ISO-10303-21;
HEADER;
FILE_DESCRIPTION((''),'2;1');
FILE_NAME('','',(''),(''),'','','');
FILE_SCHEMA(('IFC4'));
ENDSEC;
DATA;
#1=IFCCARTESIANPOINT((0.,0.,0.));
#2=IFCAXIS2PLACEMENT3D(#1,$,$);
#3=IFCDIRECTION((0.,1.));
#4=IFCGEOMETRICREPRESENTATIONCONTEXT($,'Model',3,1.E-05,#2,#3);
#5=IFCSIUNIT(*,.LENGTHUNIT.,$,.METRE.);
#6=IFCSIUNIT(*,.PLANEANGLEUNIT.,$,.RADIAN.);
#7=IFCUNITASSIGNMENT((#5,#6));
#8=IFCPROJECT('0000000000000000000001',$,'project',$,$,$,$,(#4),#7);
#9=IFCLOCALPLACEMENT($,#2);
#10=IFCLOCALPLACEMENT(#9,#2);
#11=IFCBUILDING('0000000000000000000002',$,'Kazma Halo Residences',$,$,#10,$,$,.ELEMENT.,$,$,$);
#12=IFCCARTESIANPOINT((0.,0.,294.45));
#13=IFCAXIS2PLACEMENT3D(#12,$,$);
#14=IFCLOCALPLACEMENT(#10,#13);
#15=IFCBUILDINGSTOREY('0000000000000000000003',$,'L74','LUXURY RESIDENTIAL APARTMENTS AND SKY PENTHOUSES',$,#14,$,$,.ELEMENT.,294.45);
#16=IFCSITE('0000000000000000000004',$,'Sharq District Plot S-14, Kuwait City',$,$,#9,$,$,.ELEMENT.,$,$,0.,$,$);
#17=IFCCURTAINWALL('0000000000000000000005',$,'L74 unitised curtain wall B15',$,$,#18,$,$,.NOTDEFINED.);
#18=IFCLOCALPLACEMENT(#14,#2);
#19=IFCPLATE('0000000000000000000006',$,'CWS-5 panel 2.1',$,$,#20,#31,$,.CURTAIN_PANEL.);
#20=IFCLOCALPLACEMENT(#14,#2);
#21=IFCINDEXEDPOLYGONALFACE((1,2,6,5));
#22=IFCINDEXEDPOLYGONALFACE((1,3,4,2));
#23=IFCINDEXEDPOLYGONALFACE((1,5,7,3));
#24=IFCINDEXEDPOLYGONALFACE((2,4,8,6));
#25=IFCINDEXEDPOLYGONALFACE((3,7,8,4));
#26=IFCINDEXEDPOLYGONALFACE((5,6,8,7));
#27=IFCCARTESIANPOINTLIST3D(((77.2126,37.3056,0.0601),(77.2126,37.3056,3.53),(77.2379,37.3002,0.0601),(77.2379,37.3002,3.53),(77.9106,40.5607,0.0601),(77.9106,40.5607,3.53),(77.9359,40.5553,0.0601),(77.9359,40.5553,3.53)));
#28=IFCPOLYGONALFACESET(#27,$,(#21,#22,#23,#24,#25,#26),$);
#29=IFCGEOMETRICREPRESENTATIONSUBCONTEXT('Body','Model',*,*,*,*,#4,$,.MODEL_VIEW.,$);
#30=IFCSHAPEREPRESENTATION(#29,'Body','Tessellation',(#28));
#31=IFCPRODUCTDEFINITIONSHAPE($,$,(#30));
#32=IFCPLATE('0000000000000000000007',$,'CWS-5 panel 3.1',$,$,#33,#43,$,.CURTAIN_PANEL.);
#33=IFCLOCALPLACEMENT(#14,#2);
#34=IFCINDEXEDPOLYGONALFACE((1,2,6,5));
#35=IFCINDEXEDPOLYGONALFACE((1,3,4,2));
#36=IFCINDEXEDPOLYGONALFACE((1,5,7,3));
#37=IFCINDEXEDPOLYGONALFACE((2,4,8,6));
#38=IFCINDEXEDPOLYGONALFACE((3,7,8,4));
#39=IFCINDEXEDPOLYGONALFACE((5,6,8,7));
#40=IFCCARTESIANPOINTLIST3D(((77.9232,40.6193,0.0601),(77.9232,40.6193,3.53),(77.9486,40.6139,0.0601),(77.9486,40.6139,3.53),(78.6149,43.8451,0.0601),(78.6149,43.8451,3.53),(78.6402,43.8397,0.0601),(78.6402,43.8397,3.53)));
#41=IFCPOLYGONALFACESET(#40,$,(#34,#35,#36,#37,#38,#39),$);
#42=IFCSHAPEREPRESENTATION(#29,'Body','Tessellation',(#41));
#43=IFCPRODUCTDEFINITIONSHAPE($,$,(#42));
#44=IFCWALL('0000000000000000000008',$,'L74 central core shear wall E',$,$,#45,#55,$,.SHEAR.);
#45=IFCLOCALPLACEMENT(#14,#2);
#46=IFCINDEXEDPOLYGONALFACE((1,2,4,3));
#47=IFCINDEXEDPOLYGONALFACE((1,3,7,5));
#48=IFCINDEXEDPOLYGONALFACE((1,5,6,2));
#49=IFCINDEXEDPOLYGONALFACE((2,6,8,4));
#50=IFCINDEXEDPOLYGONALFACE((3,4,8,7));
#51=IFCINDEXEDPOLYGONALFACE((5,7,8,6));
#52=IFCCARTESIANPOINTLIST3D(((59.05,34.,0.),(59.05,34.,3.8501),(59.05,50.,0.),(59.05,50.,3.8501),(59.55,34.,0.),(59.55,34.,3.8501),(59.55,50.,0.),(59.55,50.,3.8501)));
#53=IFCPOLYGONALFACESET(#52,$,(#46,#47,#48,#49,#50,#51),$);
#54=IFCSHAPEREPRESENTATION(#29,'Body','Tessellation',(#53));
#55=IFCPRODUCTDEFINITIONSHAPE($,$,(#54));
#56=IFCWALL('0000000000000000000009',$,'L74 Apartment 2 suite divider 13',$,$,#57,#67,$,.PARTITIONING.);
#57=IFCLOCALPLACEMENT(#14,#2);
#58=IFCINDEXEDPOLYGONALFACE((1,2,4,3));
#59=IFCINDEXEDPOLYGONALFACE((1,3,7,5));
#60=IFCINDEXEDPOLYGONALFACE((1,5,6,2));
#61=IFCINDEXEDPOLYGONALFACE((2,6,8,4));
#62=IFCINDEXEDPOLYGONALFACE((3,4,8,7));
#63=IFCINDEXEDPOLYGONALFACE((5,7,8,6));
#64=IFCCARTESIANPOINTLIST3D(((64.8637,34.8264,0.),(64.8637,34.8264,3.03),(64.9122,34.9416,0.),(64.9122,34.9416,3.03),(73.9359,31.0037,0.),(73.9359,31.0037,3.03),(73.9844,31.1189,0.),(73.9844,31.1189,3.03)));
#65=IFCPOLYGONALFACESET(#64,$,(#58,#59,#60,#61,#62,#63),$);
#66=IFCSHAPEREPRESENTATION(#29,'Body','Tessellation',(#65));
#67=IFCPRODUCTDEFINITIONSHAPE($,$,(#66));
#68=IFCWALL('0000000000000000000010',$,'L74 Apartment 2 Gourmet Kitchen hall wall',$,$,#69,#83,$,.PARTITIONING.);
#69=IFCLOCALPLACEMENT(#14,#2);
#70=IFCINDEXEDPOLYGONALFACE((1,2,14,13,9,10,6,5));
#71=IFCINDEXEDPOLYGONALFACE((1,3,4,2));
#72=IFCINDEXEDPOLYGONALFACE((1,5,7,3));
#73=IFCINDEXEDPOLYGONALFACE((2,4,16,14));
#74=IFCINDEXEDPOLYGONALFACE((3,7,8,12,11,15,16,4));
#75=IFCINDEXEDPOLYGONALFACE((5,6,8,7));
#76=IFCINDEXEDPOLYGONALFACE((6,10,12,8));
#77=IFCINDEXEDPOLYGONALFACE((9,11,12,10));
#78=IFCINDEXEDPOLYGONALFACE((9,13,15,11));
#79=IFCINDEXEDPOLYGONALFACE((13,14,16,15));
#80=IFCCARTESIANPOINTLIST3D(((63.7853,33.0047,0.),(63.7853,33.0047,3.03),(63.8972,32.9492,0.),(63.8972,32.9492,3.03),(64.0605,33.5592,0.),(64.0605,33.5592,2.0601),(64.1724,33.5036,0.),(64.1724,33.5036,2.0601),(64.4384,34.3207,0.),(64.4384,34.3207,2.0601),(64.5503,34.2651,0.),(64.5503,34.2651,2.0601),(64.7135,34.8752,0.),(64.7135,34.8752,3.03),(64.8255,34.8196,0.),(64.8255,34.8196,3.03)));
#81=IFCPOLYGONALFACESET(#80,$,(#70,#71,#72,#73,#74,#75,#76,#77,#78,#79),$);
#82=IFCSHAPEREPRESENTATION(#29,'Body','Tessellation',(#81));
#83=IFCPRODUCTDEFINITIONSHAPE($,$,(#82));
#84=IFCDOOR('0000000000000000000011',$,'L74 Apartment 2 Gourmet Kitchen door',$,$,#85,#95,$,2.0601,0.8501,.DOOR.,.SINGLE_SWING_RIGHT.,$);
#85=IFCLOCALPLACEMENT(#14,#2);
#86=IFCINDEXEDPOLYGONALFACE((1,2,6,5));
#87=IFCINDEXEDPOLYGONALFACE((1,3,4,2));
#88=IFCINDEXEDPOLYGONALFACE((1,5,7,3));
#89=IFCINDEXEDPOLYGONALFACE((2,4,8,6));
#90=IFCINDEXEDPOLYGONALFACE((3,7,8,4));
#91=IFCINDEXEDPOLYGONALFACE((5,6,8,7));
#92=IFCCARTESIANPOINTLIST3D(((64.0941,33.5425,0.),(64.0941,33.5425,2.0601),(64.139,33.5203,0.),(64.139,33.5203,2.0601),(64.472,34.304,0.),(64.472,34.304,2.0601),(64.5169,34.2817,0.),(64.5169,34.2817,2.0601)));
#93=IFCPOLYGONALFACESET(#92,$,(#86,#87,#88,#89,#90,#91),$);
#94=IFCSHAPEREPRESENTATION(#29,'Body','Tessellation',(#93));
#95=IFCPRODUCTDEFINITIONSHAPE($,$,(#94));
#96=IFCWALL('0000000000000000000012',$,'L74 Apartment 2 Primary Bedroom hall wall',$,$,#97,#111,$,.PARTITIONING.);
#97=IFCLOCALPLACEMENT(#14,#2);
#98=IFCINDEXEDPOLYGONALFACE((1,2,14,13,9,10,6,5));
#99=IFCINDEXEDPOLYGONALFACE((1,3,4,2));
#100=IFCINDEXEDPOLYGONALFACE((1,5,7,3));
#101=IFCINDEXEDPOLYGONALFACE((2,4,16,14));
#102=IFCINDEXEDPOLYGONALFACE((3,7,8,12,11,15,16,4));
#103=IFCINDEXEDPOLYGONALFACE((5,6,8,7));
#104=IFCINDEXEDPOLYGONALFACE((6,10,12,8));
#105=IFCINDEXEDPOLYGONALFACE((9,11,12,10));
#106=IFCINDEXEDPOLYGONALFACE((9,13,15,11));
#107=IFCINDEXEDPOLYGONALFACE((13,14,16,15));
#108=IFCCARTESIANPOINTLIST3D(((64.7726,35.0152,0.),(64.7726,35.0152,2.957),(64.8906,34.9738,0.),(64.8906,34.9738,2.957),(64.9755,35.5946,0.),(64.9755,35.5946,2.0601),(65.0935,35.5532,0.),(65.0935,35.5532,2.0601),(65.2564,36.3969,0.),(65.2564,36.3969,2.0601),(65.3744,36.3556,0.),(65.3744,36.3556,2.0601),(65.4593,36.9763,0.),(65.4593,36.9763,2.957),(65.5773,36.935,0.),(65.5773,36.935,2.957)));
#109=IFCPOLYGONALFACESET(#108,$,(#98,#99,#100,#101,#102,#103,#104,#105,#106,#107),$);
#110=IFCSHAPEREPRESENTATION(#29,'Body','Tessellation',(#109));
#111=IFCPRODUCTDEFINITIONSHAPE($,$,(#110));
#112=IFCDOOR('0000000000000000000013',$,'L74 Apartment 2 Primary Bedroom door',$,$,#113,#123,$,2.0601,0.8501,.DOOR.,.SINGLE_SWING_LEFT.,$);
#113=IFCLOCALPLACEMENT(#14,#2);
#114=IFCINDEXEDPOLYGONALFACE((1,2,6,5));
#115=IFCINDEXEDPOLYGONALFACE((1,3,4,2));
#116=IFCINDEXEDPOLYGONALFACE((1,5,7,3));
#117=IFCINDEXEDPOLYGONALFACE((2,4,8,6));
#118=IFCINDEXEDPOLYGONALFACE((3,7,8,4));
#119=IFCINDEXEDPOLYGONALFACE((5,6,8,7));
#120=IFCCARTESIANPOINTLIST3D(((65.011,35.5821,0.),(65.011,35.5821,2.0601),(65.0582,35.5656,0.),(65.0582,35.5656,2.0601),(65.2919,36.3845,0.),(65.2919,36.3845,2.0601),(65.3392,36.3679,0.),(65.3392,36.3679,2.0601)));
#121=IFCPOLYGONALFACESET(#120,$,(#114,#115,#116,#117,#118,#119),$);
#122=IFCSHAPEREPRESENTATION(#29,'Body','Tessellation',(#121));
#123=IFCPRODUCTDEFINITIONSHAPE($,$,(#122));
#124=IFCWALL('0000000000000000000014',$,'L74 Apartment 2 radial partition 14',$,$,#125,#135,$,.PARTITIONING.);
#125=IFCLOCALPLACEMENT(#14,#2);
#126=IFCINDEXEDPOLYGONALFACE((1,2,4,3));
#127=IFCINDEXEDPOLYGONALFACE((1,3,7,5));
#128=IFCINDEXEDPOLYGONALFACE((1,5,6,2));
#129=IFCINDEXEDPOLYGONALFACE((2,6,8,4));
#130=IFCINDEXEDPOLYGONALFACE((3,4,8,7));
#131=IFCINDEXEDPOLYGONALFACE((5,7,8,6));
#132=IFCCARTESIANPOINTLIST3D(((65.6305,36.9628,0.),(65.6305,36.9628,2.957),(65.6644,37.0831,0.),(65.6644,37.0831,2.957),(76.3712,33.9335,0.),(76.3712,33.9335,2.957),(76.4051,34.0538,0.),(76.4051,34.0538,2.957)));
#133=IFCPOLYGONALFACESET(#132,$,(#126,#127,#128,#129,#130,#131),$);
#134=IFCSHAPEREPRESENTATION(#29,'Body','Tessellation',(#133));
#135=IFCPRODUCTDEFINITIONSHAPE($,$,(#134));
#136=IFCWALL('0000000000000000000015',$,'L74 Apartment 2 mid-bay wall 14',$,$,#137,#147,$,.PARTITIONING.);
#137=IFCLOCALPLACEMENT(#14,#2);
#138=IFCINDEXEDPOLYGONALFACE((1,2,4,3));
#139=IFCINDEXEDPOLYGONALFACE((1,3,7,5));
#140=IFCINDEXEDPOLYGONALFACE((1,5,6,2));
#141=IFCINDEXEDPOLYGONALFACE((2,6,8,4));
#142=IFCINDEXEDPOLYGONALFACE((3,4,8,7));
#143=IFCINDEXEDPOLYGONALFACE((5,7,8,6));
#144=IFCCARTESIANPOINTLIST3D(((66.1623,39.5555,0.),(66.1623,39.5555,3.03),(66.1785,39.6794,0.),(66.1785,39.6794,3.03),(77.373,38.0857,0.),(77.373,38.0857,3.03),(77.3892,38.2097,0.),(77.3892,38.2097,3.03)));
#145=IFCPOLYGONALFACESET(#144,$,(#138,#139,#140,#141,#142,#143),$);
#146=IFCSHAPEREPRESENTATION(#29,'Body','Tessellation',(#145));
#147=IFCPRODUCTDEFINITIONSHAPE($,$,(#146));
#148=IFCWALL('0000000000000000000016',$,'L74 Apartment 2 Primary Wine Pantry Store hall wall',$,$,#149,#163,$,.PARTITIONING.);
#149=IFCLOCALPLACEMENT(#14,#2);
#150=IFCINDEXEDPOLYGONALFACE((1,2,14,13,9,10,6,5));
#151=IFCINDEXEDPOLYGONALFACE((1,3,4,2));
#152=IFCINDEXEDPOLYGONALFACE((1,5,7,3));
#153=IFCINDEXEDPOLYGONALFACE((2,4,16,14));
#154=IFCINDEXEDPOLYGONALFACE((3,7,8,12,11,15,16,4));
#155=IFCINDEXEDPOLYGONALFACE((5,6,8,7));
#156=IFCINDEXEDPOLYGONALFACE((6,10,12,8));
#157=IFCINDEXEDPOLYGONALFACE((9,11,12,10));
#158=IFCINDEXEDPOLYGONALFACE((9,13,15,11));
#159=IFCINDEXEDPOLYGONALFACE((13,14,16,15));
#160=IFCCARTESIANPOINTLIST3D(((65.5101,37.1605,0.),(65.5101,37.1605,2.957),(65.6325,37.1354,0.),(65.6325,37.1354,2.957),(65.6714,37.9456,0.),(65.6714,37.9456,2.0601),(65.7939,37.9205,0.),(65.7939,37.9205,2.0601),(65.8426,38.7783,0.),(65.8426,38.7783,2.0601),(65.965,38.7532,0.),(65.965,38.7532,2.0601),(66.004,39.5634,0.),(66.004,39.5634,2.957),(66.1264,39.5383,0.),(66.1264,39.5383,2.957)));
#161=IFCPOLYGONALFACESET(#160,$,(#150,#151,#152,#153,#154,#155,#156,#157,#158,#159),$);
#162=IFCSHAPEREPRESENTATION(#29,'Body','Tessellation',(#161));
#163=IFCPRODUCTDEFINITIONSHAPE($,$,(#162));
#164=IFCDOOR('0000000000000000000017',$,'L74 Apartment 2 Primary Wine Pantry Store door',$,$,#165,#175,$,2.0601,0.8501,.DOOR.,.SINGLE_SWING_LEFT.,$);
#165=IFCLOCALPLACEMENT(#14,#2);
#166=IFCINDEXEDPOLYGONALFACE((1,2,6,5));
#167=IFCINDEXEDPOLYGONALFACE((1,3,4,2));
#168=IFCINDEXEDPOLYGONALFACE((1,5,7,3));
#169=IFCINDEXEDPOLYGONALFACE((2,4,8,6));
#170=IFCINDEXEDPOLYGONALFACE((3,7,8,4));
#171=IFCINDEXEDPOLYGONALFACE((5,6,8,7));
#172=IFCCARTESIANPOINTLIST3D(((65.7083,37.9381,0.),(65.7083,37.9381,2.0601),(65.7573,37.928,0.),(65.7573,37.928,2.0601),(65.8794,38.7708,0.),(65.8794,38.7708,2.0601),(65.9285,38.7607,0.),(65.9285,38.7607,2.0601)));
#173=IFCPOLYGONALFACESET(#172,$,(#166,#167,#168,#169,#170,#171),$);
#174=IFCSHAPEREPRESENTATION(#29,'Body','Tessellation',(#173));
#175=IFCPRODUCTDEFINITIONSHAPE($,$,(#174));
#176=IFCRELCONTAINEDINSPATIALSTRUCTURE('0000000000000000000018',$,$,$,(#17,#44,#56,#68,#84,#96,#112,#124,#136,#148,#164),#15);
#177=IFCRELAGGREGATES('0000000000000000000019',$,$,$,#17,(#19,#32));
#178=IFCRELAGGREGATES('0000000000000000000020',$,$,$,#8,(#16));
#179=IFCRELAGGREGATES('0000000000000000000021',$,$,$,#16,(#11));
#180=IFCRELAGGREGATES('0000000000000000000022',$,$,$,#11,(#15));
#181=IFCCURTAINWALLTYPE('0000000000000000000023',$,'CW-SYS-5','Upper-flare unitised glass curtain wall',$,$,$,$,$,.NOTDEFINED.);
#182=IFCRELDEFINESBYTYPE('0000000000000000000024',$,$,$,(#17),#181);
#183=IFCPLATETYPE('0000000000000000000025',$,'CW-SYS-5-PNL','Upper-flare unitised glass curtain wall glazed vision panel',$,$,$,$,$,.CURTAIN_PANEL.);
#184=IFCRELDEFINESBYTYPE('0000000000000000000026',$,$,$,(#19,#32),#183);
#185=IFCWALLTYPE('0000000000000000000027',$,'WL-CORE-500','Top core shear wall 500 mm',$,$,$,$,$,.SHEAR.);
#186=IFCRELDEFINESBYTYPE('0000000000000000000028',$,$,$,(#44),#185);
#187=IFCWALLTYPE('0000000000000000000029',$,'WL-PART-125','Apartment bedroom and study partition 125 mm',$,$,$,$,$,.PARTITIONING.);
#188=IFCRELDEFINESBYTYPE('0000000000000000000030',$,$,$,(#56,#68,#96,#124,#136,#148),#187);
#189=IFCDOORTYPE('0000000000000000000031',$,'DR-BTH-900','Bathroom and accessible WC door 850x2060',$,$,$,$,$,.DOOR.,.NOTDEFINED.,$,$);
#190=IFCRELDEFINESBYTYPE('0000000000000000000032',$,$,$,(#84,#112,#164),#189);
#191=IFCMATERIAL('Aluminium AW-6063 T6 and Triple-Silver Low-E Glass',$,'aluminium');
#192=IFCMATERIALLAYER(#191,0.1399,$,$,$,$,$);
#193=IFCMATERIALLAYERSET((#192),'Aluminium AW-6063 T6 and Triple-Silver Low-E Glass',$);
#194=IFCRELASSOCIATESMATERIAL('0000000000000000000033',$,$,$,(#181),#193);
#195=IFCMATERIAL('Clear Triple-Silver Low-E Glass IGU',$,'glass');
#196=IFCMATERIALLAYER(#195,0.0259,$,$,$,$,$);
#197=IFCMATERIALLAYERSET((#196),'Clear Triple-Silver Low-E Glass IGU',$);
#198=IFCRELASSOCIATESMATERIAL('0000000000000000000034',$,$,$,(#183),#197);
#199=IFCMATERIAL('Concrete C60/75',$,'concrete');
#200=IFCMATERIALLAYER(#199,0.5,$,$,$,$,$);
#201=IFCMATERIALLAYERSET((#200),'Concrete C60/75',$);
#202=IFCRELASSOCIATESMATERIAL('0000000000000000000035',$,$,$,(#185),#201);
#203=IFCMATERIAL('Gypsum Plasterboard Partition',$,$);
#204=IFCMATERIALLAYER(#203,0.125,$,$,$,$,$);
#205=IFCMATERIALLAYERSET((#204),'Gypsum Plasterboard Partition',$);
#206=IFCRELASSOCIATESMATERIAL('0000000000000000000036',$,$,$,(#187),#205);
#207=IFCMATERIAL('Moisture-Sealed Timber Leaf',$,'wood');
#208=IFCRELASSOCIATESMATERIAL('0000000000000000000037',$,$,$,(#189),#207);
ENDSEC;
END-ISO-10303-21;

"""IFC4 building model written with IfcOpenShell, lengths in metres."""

from ifc_helpers import new_model, si_unit, direction, frame, frame_2d, origin, origin_2d, place, context, subcontext, project, spatial, rectangle, extrude, material, layer, layer_set, type_object, element, fill, aggregate, save


model = new_model("IFC4")

# Units and contexts
model_context = context("Model", 3, precision=1e-05, world=origin(), true_north=direction((0.0, 1.0)))
body_context = subcontext(model_context, "Body", "Model", "MODEL_VIEW")
ifc_project = project(units=[si_unit("LENGTHUNIT", "METRE"), si_unit("PLANEANGLEUNIT", "RADIAN")], contexts=[model_context])

# Site, building, storey
site_placement = place(None, origin())
site = spatial("IfcSite", under=ifc_project, at=site_placement, Name="Sharq District Plot S-14, Kuwait City", CompositionType="ELEMENT", RefElevation=0.0)
building_placement = place(site_placement, origin())
building = spatial("IfcBuilding", under=site, at=building_placement, Name="Kazma Halo Residences", CompositionType="ELEMENT")
storey_placement = place(building_placement, frame((0.0, 0.0, 294.45)))
storey = spatial("IfcBuildingStorey", under=building, at=storey_placement, Name="L74", Description="LUXURY RESIDENTIAL APARTMENTS AND SKY PENTHOUSES", CompositionType="ELEMENT", Elevation=294.45)

# Shared definitions
ifc_material_1 = material(Name="Concrete C60/75", Category="concrete")

# Curtain wall, plates
ifc_material_2 = material(Name="Aluminium AW-6063 T6 and Triple-Silver Low-E Glass", Category="aluminium")
ifc_layer_1 = layer(ifc_material_2, 0.1399)
ifc_layer_set_1 = layer_set([ifc_layer_1], Name="Aluminium AW-6063 T6 and Triple-Silver Low-E Glass")
curtain_wall_type = type_object("IfcCurtainWallType", Name="CW-SYS-5", Description="Upper-flare unitised glass curtain wall", PredefinedType="NOTDEFINED", material=ifc_layer_set_1)
curtain_wall_placement = place(storey_placement, origin())
curtain_wall = element("IfcCurtainWall", 1, at=curtain_wall_placement, inside=storey, type_object=curtain_wall_type, Name="L74 unitised curtain wall B15", PredefinedType="NOTDEFINED")
ifc_material_3 = material(Name="Clear Triple-Silver Low-E Glass IGU", Category="glass")
ifc_layer_2 = layer(ifc_material_3, 0.0259)
ifc_layer_set_2 = layer_set([ifc_layer_2], Name="Clear Triple-Silver Low-E Glass IGU")
plate_type = type_object("IfcPlateType", Name="CW-SYS-5-PNL", Description="Upper-flare unitised glass curtain wall glazed vision panel", PredefinedType="CURTAIN_PANEL", material=ifc_layer_set_2)
plate_1_placement = place(storey_placement, frame((77.5742, 38.9304, 0.0601), z_axis=(0.0, 0.0, 1.0), x_axis=(0.209657, 0.977775, 0.0)))
plate_1 = element("IfcPlate", 2, at=plate_1_placement, type_object=plate_type, Name="CWS-5 panel 2.1", PredefinedType="CURTAIN_PANEL", context=body_context, shape_type="SweptSolid", body=[
    extrude(rectangle(XDim=3.3291, YDim=0.0259, at=origin_2d()), origin(), (0.0, 0.0, 1.0), 3.47),
])
plate_2_placement = place(storey_placement, frame((78.2817, 42.2295, 0.0601), z_axis=(0.0, 0.0, 1.0), x_axis=(0.209657, 0.977775, 0.0)))
plate_2 = element("IfcPlate", 3, at=plate_2_placement, type_object=plate_type, Name="CWS-5 panel 3.1", PredefinedType="CURTAIN_PANEL", context=body_context, shape_type="SweptSolid", body=[
    extrude(rectangle(XDim=3.2991, YDim=0.0259, at=origin_2d()), origin(), (0.0, 0.0, 1.0), 3.47),
])
aggregate(curtain_wall, [plate_1, plate_2])

# Walls
ifc_layer_3 = layer(ifc_material_1, 0.5)
ifc_layer_set_3 = layer_set([ifc_layer_3], Name="Concrete C60/75")
wall_type_1 = type_object("IfcWallType", Name="WL-CORE-500", Description="Top core shear wall 500 mm", PredefinedType="SHEAR", material=ifc_layer_set_3)
wall_1_placement = place(storey_placement, frame((59.3, 34.0, 0.0), z_axis=(0.0, 0.0, 1.0), x_axis=(0.0, 1.0, 0.0)))
element("IfcWall", 4, at=wall_1_placement, inside=storey, type_object=wall_type_1, Name="L74 central core shear wall E", PredefinedType="SHEAR", context=body_context, shape_type="SweptSolid", body=[
    extrude(rectangle(XDim=16.0, YDim=0.5, at=frame_2d((8.0, 0.0))), origin(), (0.0, 0.0, 1.0), 3.8501),
])
ifc_material_4 = material(Name="Gypsum Plasterboard Partition")
ifc_layer_4 = layer(ifc_material_4, 0.125)
ifc_layer_set_4 = layer_set([ifc_layer_4], Name="Gypsum Plasterboard Partition")
wall_type_2 = type_object("IfcWallType", Name="WL-PART-125", Description="Apartment bedroom and study partition 125 mm", PredefinedType="PARTITIONING", material=ifc_layer_set_4)
wall_2_placement = place(storey_placement, frame((64.8879, 34.884, 0.0), z_axis=(0.0, 0.0, 1.0), x_axis=(0.921532, -0.388303, 0.0)))
element("IfcWall", 5, at=wall_2_placement, inside=storey, type_object=wall_type_2, Name="L74 Apartment 2 suite divider 13", PredefinedType="PARTITIONING", context=body_context, shape_type="SweptSolid", body=[
    extrude(rectangle(XDim=9.8447, YDim=0.125, at=frame_2d((4.9224, 0.0))), origin(), (0.0, 0.0, 1.0), 3.03),
])

# Walls, openings, doors
wall_3_placement = place(storey_placement, frame((63.8413, 32.9771, 0.0), z_axis=(0.0, 0.0, 1.0), x_axis=(0.444546, 0.895756, 0.0)))
wall_3 = element("IfcWall", 6, at=wall_3_placement, inside=storey, type_object=wall_type_2, Name="L74 Apartment 2 Gourmet Kitchen hall wall", PredefinedType="PARTITIONING", context=body_context, shape_type="SweptSolid", body=[
    extrude(rectangle(XDim=2.0881, YDim=0.125, at=frame_2d((1.0439, 0.0))), origin(), (0.0, 0.0, 1.0), 3.03),
])
opening_1_placement = place(wall_3_placement, frame((0.6189, 0.0, 0.0)))
opening_1 = element("IfcOpeningElement", 7, at=opening_1_placement, cuts=wall_3, PredefinedType="OPENING", context=body_context, shape_type="SweptSolid", body=[
    extrude(rectangle(XDim=0.8501, YDim=2.0601, at=frame_2d((0.425, 1.03))), frame((0.0, 0.0725, 0.0), z_axis=(0.0, -1.0, 0.0), x_axis=(1.0, 0.0, 0.0)), (0.0, 0.0, 1.0), 0.145),
])
ifc_material_5 = material(Name="Moisture-Sealed Timber Leaf", Category="wood")
door_type_1 = type_object("IfcDoorType", Name="DR-BTH-900", Description="Bathroom and accessible WC door 850x2060", OperationType="NOTDEFINED", PredefinedType="DOOR", material=ifc_material_5)
door_1_placement = place(opening_1_placement, origin())
door_1 = element("IfcDoor", 8, at=door_1_placement, inside=storey, type_object=door_type_1, Name="L74 Apartment 2 Gourmet Kitchen door", OperationType="SINGLE_SWING_RIGHT", OverallHeight=2.0601, OverallWidth=0.8501, PredefinedType="DOOR", context=body_context, shape_type="SweptSolid", body=[
    extrude(rectangle(XDim=0.8501, YDim=2.0601, at=frame_2d((0.425, 1.03))), frame((0.0, 0.0249, 0.0), z_axis=(0.0, -1.0, 0.0), x_axis=(1.0, 0.0, 0.0)), (0.0, 0.0, 1.0), 0.05),
])
fill(opening_1, door_1)
wall_4_placement = place(storey_placement, frame((64.8315, 34.9944, 0.0), z_axis=(0.0, 0.0, 1.0), x_axis=(0.330502, 0.943805, 0.0)))
wall_4 = element("IfcWall", 9, at=wall_4_placement, inside=storey, type_object=wall_type_2, Name="L74 Apartment 2 Primary Bedroom hall wall", PredefinedType="PARTITIONING", context=body_context, shape_type="SweptSolid", body=[
    extrude(rectangle(XDim=2.0779, YDim=0.125, at=frame_2d((1.0391, 0.0))), origin(), (0.0, 0.0, 1.0), 2.957),
])
opening_2_placement = place(wall_4_placement, frame((0.614, 0.0, 0.0)))
opening_2 = element("IfcOpeningElement", 10, at=opening_2_placement, cuts=wall_4, PredefinedType="OPENING", context=body_context, shape_type="SweptSolid", body=[
    extrude(rectangle(XDim=0.8501, YDim=2.0601, at=frame_2d((0.425, 1.03))), frame((0.0, 0.0725, 0.0), z_axis=(0.0, -1.0, 0.0), x_axis=(1.0, 0.0, 0.0)), (0.0, 0.0, 1.0), 0.145),
])
door_2_placement = place(opening_2_placement, origin())
door_2 = element("IfcDoor", 11, at=door_2_placement, inside=storey, type_object=door_type_1, Name="L74 Apartment 2 Primary Bedroom door", OperationType="SINGLE_SWING_LEFT", OverallHeight=2.0601, OverallWidth=0.8501, PredefinedType="DOOR", context=body_context, shape_type="SweptSolid", body=[
    extrude(rectangle(XDim=0.8501, YDim=2.0601, at=frame_2d((0.425, 1.03))), frame((0.0, 0.0249, 0.0), z_axis=(0.0, -1.0, 0.0), x_axis=(1.0, 0.0, 0.0)), (0.0, 0.0, 1.0), 0.05),
])
fill(opening_2, door_2)

# Walls
wall_5_placement = place(storey_placement, frame((65.6475, 37.0229, 0.0), z_axis=(0.0, 0.0, 1.0), x_axis=(0.962453, -0.271449, 0.0)))
element("IfcWall", 12, at=wall_5_placement, inside=storey, type_object=wall_type_2, Name="L74 Apartment 2 radial partition 14", PredefinedType="PARTITIONING", context=body_context, shape_type="SweptSolid", body=[
    extrude(rectangle(XDim=11.1597, YDim=0.125, at=frame_2d((5.5798, 0.0))), origin(), (0.0, 0.0, 1.0), 2.957),
])
wall_6_placement = place(storey_placement, frame((66.1704, 39.6174, 0.0), z_axis=(0.0, 0.0, 1.0), x_axis=(0.991516, -0.129988, 0.0)))
element("IfcWall", 13, at=wall_6_placement, inside=storey, type_object=wall_type_2, Name="L74 Apartment 2 mid-bay wall 14", PredefinedType="PARTITIONING", context=body_context, shape_type="SweptSolid", body=[
    extrude(rectangle(XDim=11.3066, YDim=0.125, at=frame_2d((5.6533, 0.0))), origin(), (0.0, 0.0, 1.0), 3.03),
])

# Wall, opening, door
wall_7_placement = place(storey_placement, frame((65.5713, 37.1479, 0.0), z_axis=(0.0, 0.0, 1.0), x_axis=(0.201338, 0.979522, 0.0)))
wall_7 = element("IfcWall", 14, at=wall_7_placement, inside=storey, type_object=wall_type_2, Name="L74 Apartment 2 Primary Wine Pantry Store hall wall", PredefinedType="PARTITIONING", context=body_context, shape_type="SweptSolid", body=[
    extrude(rectangle(XDim=2.4531, YDim=0.125, at=frame_2d((1.2266, 0.0))), origin(), (0.0, 0.0, 1.0), 2.957),
])
opening_3_placement = place(wall_7_placement, frame((0.8015, 0.0, 0.0)))
opening_3 = element("IfcOpeningElement", 15, at=opening_3_placement, cuts=wall_7, PredefinedType="OPENING", context=body_context, shape_type="SweptSolid", body=[
    extrude(rectangle(XDim=0.8501, YDim=2.0601, at=frame_2d((0.425, 1.03))), frame((0.0, 0.0725, 0.0), z_axis=(0.0, -1.0, 0.0), x_axis=(1.0, 0.0, 0.0)), (0.0, 0.0, 1.0), 0.145),
])
door_3_placement = place(opening_3_placement, origin())
door_3 = element("IfcDoor", 16, at=door_3_placement, inside=storey, type_object=door_type_1, Name="L74 Apartment 2 Primary Wine Pantry Store door", OperationType="SINGLE_SWING_LEFT", OverallHeight=2.0601, OverallWidth=0.8501, PredefinedType="DOOR", context=body_context, shape_type="SweptSolid", body=[
    extrude(rectangle(XDim=0.8501, YDim=2.0601, at=frame_2d((0.425, 1.03))), frame((0.0, 0.0249, 0.0), z_axis=(0.0, -1.0, 0.0), x_axis=(1.0, 0.0, 0.0)), (0.0, 0.0, 1.0), 0.05),
])
fill(opening_3, door_3)

save(model, "model.ifc")
